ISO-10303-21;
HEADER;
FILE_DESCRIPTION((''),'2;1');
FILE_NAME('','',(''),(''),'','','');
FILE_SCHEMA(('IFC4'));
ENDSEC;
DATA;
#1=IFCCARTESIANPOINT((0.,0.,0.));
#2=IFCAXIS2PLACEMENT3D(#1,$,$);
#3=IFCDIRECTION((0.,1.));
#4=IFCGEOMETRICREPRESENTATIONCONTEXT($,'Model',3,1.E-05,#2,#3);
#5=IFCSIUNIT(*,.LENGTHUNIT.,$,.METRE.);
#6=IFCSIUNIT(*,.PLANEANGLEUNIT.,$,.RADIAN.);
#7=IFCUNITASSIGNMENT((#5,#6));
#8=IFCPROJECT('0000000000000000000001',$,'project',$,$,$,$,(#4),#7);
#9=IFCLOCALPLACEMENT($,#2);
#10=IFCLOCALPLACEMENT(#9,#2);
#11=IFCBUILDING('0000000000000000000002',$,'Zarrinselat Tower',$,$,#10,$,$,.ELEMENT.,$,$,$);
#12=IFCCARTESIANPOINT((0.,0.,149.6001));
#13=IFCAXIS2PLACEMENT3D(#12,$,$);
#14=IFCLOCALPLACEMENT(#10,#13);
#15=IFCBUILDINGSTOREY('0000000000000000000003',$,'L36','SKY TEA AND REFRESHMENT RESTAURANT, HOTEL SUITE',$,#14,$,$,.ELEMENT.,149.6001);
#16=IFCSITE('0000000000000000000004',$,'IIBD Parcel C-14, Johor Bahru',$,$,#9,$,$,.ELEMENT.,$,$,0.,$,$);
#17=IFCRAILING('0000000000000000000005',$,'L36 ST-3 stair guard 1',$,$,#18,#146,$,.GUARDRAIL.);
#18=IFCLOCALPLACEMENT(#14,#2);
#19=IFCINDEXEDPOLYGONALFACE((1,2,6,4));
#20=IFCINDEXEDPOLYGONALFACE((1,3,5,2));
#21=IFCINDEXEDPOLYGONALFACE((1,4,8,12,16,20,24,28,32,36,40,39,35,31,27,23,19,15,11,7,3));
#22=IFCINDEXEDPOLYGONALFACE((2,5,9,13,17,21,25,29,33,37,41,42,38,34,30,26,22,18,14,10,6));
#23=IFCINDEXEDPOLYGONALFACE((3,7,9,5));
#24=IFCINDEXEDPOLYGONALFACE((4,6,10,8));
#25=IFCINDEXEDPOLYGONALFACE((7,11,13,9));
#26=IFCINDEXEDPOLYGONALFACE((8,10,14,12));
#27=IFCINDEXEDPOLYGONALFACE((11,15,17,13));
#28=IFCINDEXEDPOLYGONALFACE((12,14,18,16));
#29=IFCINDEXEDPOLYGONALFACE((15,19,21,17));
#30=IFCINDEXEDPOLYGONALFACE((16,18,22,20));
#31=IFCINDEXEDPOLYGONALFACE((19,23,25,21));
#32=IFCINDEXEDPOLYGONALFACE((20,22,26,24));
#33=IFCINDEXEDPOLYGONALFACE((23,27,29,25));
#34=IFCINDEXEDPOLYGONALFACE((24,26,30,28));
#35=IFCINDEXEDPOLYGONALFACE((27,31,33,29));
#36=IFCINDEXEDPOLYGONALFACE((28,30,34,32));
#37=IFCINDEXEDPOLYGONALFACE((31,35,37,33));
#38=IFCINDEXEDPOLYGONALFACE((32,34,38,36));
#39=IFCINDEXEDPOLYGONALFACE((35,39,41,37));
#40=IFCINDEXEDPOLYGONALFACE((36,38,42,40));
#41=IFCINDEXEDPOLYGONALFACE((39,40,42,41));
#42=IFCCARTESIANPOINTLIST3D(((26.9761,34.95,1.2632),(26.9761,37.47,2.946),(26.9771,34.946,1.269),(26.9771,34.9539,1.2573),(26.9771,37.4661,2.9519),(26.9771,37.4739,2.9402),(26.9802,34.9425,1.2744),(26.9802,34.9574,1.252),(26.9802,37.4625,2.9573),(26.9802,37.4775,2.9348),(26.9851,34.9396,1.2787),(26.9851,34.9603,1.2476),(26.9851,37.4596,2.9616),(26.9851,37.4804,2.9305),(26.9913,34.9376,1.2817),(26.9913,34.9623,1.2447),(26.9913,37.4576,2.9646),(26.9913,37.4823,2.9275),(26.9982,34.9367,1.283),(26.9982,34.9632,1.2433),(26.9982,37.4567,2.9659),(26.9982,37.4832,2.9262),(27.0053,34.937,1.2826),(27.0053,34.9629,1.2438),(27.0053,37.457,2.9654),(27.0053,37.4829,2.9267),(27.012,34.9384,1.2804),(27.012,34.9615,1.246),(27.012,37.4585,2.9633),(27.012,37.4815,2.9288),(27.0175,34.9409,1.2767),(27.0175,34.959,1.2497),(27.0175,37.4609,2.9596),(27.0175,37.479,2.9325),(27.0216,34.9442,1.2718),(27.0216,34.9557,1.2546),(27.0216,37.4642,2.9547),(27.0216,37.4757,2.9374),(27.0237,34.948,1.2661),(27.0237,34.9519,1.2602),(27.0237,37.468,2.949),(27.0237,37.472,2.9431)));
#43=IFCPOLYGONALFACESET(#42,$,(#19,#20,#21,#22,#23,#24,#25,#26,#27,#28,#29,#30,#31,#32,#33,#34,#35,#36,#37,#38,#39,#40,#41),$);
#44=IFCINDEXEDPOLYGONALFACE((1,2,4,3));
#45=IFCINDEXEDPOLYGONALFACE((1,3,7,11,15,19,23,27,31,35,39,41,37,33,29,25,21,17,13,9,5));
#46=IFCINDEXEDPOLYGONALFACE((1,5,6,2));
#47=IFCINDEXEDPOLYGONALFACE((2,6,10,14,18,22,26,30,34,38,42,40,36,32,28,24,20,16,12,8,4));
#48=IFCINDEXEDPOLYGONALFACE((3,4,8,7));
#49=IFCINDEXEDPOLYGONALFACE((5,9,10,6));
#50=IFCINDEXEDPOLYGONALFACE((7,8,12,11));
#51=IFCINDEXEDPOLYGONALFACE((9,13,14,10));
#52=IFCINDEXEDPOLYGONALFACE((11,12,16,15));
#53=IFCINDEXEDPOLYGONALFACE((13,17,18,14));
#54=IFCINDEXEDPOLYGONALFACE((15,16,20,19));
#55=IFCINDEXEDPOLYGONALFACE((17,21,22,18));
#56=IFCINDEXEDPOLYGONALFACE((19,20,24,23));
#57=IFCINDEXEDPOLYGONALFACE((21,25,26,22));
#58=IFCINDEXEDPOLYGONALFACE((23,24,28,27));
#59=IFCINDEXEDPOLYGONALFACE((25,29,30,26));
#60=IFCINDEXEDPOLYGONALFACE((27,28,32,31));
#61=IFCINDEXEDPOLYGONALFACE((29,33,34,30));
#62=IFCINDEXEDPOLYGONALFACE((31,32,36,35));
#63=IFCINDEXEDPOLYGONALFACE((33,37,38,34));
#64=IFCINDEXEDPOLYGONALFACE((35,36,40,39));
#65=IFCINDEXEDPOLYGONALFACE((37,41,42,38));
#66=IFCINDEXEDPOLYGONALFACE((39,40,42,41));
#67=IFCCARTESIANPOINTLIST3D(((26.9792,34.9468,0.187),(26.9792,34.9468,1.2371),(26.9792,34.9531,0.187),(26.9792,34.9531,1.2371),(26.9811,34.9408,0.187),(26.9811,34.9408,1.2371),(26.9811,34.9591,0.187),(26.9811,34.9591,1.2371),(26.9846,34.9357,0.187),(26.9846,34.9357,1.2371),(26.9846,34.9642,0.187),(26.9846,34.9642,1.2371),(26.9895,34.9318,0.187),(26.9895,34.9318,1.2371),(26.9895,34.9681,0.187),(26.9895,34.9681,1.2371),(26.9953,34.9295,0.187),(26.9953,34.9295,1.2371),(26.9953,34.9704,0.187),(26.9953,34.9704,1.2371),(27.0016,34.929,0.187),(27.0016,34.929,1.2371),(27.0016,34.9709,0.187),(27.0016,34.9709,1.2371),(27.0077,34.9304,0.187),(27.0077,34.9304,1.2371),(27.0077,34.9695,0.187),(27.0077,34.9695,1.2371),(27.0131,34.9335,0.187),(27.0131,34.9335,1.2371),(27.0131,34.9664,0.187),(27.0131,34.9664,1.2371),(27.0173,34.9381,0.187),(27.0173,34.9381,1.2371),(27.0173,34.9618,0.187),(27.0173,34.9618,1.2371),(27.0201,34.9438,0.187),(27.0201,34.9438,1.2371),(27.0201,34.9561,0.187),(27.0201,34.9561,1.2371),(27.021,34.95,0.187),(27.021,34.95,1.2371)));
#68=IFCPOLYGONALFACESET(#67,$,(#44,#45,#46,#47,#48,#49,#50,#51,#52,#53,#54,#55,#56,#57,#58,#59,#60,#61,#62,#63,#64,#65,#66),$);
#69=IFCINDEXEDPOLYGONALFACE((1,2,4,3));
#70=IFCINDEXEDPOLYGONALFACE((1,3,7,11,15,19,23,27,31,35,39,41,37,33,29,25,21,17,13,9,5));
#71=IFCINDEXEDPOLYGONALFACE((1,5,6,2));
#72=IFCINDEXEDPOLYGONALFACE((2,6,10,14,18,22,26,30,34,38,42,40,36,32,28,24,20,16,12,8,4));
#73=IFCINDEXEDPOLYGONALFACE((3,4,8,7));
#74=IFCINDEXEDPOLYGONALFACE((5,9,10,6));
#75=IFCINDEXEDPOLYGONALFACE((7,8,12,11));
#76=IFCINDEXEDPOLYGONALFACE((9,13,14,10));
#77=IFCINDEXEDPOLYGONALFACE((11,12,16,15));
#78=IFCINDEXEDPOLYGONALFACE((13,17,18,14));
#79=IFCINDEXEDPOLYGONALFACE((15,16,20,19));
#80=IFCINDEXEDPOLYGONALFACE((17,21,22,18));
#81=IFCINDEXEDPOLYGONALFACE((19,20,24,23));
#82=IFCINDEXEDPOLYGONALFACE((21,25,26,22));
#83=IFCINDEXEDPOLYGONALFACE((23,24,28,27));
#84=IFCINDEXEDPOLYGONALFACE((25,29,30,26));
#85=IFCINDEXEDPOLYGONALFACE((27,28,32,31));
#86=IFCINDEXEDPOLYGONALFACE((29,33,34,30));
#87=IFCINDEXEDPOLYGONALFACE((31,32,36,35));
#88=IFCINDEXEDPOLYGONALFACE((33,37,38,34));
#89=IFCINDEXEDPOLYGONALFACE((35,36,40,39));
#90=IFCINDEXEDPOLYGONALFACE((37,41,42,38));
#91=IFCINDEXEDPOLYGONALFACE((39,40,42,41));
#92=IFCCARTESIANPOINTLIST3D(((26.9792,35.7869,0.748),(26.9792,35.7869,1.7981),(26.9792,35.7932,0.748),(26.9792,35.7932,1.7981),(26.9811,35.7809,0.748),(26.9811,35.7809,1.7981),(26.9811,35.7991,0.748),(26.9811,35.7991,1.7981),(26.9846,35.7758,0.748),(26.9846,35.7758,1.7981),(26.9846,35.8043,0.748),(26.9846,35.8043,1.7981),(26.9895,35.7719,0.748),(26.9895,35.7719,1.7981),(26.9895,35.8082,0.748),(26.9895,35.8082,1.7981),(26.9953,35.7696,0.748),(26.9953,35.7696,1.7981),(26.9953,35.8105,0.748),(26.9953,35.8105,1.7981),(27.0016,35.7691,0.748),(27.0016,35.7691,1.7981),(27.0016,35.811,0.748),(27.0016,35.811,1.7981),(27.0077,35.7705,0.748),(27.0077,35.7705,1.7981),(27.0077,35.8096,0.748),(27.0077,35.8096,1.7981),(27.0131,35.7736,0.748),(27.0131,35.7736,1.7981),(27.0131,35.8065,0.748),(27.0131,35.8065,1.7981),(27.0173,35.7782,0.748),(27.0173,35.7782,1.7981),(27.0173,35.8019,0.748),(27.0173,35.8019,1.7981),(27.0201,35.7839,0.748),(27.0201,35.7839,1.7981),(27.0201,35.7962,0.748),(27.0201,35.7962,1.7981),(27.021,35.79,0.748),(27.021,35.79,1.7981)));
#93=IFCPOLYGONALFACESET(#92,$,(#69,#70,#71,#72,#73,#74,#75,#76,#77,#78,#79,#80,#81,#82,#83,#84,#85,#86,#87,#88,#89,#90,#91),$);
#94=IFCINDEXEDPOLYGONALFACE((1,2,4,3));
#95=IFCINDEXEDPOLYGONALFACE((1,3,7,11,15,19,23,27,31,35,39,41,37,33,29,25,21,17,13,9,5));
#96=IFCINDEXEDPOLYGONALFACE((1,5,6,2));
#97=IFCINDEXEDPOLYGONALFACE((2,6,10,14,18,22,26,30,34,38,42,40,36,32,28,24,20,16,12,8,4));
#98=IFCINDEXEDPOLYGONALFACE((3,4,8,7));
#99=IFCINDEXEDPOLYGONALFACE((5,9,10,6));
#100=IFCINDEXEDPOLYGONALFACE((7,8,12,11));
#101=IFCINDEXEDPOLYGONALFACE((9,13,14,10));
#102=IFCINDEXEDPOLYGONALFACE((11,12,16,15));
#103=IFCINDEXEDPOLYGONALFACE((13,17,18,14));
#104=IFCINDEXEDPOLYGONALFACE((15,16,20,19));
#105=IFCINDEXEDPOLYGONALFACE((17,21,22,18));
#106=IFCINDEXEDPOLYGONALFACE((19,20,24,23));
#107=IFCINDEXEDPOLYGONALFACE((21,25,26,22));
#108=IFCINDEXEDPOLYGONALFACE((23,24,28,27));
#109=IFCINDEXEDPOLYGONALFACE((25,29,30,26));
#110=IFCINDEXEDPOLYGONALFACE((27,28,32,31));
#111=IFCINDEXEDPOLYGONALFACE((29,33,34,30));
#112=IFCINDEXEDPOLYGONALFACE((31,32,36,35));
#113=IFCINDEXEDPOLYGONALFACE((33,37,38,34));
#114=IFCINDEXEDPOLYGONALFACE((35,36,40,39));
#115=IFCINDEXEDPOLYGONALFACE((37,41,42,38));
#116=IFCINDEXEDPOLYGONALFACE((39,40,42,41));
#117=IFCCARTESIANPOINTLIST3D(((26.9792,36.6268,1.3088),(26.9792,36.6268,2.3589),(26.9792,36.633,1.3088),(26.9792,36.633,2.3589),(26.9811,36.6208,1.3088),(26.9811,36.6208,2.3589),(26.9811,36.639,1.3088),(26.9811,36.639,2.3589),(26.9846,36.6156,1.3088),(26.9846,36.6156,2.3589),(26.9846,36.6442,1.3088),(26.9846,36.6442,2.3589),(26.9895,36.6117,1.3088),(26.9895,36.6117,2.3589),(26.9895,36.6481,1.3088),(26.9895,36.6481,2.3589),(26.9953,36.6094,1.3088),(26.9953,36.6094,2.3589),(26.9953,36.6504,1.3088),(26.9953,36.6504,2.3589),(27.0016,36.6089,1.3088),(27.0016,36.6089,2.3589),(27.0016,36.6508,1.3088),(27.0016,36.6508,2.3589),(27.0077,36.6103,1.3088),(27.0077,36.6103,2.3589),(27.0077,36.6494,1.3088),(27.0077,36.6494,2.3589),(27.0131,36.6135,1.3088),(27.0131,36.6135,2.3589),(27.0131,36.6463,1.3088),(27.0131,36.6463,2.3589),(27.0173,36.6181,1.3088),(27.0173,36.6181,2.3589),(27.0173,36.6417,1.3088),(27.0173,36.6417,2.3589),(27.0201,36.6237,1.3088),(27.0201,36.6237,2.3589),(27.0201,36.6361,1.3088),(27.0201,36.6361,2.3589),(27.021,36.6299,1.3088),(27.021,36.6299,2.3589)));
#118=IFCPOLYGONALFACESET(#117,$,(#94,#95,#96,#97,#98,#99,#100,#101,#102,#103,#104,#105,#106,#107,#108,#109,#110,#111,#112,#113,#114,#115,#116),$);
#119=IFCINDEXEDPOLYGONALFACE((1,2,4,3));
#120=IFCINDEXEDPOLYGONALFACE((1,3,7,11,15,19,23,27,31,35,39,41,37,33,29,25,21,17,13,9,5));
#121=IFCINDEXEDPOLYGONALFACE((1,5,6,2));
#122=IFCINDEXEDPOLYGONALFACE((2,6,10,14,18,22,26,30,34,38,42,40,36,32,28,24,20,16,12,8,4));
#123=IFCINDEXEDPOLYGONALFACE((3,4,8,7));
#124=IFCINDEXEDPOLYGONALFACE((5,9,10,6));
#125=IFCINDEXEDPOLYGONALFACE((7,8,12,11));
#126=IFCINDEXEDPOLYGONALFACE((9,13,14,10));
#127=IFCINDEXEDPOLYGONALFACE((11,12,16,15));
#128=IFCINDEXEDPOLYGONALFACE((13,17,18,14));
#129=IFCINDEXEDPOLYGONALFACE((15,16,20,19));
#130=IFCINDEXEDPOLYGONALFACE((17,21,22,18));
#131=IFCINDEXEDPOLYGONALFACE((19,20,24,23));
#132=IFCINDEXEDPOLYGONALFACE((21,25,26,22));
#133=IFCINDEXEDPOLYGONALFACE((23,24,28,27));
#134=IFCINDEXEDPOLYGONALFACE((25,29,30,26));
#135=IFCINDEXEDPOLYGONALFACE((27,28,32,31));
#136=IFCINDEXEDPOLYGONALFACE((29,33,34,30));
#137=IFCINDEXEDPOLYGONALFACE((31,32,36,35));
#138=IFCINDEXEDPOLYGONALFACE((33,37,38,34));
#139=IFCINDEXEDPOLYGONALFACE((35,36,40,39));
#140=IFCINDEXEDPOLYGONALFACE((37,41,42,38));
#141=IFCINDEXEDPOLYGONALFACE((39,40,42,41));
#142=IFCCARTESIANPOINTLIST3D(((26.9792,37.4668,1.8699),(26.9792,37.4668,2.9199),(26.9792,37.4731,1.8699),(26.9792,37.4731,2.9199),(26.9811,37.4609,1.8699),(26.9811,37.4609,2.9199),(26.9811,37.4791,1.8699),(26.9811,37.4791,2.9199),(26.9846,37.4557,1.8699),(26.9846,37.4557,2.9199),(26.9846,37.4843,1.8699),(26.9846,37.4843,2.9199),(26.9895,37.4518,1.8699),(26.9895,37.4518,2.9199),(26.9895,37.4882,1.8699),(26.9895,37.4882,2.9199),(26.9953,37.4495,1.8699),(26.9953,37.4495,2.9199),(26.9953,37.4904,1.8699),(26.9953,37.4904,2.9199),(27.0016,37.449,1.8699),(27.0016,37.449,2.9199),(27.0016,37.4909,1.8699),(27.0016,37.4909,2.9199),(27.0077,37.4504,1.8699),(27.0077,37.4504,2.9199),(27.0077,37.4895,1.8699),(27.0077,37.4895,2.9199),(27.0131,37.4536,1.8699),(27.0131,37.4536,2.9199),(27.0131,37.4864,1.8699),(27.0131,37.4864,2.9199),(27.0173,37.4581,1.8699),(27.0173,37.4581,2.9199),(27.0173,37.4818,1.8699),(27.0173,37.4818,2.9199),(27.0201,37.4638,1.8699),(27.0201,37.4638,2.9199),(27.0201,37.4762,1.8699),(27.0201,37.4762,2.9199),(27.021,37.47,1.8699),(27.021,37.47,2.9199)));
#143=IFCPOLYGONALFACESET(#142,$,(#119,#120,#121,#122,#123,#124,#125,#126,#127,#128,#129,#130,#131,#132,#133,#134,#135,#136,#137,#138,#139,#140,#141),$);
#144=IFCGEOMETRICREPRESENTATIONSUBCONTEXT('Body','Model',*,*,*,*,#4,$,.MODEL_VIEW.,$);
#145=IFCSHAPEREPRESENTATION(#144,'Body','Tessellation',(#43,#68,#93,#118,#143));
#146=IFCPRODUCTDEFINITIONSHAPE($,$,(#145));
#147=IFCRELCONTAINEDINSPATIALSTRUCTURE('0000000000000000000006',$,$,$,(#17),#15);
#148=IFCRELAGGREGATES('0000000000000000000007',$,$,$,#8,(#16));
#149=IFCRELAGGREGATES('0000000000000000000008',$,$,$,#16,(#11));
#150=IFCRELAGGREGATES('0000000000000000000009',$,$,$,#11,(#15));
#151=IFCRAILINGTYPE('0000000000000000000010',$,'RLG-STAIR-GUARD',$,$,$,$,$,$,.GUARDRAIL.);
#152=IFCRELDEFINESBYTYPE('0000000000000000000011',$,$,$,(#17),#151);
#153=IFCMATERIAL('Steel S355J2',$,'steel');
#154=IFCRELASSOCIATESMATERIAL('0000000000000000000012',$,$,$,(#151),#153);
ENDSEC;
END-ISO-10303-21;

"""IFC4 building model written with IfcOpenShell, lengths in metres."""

from ifc_helpers import new_model, si_unit, direction, frame, origin, origin_2d, place, context, subcontext, project, spatial, circle, extrude, material, type_object, element, save


model = new_model("IFC4")

# Units and contexts
model_context = context("Model", 3, precision=1e-05, world=origin(), true_north=direction((0.0, 1.0)))
body_context = subcontext(model_context, "Body", "Model", "MODEL_VIEW")
ifc_project = project(units=[si_unit("LENGTHUNIT", "METRE"), si_unit("PLANEANGLEUNIT", "RADIAN")], contexts=[model_context])

# Site, building, storey
site_placement = place(None, origin())
site = spatial("IfcSite", under=ifc_project, at=site_placement, Name="IIBD Parcel C-14, Johor Bahru", CompositionType="ELEMENT", RefElevation=0.0)
building_placement = place(site_placement, origin())
building = spatial("IfcBuilding", under=site, at=building_placement, Name="Zarrinselat Tower", CompositionType="ELEMENT")
storey_placement = place(building_placement, frame((0.0, 0.0, 149.6001)))
storey = spatial("IfcBuildingStorey", under=building, at=storey_placement, Name="L36", Description="SKY TEA AND REFRESHMENT RESTAURANT, HOTEL SUITE", CompositionType="ELEMENT", Elevation=149.6001)

# Railing
ifc_material_1 = material(Name="Steel S355J2", Category="steel")
railing_type = type_object("IfcRailingType", Name="RLG-STAIR-GUARD", PredefinedType="GUARDRAIL", material=ifc_material_1)
railing_1_placement = place(storey_placement, frame((27.0, 34.95, 0.187)))
element("IfcRailing", 1, at=railing_1_placement, inside=storey, type_object=railing_type, Name="L36 ST-3 stair guard 1", PredefinedType="GUARDRAIL", context=body_context, shape_type="SweptSolid", body=[
    extrude(circle(Radius=0.0239, at=origin_2d()), frame((0.0, 0.0, 1.0762), z_axis=(0.0, 0.831616, 0.555351), x_axis=(-1.0, 0.0, 0.0)), (0.0, 0.0, 1.0), 3.0303),
    extrude(circle(Radius=0.021, at=origin_2d()), origin(), (0.0, 0.0, 1.0), 1.05),
    extrude(circle(Radius=0.021, at=origin_2d()), frame((0.0, 0.8401, 0.561)), (0.0, 0.0, 1.0), 1.05),
    extrude(circle(Radius=0.021, at=origin_2d()), frame((0.0, 1.6799, 1.1218)), (0.0, 0.0, 1.0), 1.05),
    extrude(circle(Radius=0.021, at=origin_2d()), frame((0.0, 2.52, 1.6829)), (0.0, 0.0, 1.0), 1.05),
])

save(model, "model.ifc")
